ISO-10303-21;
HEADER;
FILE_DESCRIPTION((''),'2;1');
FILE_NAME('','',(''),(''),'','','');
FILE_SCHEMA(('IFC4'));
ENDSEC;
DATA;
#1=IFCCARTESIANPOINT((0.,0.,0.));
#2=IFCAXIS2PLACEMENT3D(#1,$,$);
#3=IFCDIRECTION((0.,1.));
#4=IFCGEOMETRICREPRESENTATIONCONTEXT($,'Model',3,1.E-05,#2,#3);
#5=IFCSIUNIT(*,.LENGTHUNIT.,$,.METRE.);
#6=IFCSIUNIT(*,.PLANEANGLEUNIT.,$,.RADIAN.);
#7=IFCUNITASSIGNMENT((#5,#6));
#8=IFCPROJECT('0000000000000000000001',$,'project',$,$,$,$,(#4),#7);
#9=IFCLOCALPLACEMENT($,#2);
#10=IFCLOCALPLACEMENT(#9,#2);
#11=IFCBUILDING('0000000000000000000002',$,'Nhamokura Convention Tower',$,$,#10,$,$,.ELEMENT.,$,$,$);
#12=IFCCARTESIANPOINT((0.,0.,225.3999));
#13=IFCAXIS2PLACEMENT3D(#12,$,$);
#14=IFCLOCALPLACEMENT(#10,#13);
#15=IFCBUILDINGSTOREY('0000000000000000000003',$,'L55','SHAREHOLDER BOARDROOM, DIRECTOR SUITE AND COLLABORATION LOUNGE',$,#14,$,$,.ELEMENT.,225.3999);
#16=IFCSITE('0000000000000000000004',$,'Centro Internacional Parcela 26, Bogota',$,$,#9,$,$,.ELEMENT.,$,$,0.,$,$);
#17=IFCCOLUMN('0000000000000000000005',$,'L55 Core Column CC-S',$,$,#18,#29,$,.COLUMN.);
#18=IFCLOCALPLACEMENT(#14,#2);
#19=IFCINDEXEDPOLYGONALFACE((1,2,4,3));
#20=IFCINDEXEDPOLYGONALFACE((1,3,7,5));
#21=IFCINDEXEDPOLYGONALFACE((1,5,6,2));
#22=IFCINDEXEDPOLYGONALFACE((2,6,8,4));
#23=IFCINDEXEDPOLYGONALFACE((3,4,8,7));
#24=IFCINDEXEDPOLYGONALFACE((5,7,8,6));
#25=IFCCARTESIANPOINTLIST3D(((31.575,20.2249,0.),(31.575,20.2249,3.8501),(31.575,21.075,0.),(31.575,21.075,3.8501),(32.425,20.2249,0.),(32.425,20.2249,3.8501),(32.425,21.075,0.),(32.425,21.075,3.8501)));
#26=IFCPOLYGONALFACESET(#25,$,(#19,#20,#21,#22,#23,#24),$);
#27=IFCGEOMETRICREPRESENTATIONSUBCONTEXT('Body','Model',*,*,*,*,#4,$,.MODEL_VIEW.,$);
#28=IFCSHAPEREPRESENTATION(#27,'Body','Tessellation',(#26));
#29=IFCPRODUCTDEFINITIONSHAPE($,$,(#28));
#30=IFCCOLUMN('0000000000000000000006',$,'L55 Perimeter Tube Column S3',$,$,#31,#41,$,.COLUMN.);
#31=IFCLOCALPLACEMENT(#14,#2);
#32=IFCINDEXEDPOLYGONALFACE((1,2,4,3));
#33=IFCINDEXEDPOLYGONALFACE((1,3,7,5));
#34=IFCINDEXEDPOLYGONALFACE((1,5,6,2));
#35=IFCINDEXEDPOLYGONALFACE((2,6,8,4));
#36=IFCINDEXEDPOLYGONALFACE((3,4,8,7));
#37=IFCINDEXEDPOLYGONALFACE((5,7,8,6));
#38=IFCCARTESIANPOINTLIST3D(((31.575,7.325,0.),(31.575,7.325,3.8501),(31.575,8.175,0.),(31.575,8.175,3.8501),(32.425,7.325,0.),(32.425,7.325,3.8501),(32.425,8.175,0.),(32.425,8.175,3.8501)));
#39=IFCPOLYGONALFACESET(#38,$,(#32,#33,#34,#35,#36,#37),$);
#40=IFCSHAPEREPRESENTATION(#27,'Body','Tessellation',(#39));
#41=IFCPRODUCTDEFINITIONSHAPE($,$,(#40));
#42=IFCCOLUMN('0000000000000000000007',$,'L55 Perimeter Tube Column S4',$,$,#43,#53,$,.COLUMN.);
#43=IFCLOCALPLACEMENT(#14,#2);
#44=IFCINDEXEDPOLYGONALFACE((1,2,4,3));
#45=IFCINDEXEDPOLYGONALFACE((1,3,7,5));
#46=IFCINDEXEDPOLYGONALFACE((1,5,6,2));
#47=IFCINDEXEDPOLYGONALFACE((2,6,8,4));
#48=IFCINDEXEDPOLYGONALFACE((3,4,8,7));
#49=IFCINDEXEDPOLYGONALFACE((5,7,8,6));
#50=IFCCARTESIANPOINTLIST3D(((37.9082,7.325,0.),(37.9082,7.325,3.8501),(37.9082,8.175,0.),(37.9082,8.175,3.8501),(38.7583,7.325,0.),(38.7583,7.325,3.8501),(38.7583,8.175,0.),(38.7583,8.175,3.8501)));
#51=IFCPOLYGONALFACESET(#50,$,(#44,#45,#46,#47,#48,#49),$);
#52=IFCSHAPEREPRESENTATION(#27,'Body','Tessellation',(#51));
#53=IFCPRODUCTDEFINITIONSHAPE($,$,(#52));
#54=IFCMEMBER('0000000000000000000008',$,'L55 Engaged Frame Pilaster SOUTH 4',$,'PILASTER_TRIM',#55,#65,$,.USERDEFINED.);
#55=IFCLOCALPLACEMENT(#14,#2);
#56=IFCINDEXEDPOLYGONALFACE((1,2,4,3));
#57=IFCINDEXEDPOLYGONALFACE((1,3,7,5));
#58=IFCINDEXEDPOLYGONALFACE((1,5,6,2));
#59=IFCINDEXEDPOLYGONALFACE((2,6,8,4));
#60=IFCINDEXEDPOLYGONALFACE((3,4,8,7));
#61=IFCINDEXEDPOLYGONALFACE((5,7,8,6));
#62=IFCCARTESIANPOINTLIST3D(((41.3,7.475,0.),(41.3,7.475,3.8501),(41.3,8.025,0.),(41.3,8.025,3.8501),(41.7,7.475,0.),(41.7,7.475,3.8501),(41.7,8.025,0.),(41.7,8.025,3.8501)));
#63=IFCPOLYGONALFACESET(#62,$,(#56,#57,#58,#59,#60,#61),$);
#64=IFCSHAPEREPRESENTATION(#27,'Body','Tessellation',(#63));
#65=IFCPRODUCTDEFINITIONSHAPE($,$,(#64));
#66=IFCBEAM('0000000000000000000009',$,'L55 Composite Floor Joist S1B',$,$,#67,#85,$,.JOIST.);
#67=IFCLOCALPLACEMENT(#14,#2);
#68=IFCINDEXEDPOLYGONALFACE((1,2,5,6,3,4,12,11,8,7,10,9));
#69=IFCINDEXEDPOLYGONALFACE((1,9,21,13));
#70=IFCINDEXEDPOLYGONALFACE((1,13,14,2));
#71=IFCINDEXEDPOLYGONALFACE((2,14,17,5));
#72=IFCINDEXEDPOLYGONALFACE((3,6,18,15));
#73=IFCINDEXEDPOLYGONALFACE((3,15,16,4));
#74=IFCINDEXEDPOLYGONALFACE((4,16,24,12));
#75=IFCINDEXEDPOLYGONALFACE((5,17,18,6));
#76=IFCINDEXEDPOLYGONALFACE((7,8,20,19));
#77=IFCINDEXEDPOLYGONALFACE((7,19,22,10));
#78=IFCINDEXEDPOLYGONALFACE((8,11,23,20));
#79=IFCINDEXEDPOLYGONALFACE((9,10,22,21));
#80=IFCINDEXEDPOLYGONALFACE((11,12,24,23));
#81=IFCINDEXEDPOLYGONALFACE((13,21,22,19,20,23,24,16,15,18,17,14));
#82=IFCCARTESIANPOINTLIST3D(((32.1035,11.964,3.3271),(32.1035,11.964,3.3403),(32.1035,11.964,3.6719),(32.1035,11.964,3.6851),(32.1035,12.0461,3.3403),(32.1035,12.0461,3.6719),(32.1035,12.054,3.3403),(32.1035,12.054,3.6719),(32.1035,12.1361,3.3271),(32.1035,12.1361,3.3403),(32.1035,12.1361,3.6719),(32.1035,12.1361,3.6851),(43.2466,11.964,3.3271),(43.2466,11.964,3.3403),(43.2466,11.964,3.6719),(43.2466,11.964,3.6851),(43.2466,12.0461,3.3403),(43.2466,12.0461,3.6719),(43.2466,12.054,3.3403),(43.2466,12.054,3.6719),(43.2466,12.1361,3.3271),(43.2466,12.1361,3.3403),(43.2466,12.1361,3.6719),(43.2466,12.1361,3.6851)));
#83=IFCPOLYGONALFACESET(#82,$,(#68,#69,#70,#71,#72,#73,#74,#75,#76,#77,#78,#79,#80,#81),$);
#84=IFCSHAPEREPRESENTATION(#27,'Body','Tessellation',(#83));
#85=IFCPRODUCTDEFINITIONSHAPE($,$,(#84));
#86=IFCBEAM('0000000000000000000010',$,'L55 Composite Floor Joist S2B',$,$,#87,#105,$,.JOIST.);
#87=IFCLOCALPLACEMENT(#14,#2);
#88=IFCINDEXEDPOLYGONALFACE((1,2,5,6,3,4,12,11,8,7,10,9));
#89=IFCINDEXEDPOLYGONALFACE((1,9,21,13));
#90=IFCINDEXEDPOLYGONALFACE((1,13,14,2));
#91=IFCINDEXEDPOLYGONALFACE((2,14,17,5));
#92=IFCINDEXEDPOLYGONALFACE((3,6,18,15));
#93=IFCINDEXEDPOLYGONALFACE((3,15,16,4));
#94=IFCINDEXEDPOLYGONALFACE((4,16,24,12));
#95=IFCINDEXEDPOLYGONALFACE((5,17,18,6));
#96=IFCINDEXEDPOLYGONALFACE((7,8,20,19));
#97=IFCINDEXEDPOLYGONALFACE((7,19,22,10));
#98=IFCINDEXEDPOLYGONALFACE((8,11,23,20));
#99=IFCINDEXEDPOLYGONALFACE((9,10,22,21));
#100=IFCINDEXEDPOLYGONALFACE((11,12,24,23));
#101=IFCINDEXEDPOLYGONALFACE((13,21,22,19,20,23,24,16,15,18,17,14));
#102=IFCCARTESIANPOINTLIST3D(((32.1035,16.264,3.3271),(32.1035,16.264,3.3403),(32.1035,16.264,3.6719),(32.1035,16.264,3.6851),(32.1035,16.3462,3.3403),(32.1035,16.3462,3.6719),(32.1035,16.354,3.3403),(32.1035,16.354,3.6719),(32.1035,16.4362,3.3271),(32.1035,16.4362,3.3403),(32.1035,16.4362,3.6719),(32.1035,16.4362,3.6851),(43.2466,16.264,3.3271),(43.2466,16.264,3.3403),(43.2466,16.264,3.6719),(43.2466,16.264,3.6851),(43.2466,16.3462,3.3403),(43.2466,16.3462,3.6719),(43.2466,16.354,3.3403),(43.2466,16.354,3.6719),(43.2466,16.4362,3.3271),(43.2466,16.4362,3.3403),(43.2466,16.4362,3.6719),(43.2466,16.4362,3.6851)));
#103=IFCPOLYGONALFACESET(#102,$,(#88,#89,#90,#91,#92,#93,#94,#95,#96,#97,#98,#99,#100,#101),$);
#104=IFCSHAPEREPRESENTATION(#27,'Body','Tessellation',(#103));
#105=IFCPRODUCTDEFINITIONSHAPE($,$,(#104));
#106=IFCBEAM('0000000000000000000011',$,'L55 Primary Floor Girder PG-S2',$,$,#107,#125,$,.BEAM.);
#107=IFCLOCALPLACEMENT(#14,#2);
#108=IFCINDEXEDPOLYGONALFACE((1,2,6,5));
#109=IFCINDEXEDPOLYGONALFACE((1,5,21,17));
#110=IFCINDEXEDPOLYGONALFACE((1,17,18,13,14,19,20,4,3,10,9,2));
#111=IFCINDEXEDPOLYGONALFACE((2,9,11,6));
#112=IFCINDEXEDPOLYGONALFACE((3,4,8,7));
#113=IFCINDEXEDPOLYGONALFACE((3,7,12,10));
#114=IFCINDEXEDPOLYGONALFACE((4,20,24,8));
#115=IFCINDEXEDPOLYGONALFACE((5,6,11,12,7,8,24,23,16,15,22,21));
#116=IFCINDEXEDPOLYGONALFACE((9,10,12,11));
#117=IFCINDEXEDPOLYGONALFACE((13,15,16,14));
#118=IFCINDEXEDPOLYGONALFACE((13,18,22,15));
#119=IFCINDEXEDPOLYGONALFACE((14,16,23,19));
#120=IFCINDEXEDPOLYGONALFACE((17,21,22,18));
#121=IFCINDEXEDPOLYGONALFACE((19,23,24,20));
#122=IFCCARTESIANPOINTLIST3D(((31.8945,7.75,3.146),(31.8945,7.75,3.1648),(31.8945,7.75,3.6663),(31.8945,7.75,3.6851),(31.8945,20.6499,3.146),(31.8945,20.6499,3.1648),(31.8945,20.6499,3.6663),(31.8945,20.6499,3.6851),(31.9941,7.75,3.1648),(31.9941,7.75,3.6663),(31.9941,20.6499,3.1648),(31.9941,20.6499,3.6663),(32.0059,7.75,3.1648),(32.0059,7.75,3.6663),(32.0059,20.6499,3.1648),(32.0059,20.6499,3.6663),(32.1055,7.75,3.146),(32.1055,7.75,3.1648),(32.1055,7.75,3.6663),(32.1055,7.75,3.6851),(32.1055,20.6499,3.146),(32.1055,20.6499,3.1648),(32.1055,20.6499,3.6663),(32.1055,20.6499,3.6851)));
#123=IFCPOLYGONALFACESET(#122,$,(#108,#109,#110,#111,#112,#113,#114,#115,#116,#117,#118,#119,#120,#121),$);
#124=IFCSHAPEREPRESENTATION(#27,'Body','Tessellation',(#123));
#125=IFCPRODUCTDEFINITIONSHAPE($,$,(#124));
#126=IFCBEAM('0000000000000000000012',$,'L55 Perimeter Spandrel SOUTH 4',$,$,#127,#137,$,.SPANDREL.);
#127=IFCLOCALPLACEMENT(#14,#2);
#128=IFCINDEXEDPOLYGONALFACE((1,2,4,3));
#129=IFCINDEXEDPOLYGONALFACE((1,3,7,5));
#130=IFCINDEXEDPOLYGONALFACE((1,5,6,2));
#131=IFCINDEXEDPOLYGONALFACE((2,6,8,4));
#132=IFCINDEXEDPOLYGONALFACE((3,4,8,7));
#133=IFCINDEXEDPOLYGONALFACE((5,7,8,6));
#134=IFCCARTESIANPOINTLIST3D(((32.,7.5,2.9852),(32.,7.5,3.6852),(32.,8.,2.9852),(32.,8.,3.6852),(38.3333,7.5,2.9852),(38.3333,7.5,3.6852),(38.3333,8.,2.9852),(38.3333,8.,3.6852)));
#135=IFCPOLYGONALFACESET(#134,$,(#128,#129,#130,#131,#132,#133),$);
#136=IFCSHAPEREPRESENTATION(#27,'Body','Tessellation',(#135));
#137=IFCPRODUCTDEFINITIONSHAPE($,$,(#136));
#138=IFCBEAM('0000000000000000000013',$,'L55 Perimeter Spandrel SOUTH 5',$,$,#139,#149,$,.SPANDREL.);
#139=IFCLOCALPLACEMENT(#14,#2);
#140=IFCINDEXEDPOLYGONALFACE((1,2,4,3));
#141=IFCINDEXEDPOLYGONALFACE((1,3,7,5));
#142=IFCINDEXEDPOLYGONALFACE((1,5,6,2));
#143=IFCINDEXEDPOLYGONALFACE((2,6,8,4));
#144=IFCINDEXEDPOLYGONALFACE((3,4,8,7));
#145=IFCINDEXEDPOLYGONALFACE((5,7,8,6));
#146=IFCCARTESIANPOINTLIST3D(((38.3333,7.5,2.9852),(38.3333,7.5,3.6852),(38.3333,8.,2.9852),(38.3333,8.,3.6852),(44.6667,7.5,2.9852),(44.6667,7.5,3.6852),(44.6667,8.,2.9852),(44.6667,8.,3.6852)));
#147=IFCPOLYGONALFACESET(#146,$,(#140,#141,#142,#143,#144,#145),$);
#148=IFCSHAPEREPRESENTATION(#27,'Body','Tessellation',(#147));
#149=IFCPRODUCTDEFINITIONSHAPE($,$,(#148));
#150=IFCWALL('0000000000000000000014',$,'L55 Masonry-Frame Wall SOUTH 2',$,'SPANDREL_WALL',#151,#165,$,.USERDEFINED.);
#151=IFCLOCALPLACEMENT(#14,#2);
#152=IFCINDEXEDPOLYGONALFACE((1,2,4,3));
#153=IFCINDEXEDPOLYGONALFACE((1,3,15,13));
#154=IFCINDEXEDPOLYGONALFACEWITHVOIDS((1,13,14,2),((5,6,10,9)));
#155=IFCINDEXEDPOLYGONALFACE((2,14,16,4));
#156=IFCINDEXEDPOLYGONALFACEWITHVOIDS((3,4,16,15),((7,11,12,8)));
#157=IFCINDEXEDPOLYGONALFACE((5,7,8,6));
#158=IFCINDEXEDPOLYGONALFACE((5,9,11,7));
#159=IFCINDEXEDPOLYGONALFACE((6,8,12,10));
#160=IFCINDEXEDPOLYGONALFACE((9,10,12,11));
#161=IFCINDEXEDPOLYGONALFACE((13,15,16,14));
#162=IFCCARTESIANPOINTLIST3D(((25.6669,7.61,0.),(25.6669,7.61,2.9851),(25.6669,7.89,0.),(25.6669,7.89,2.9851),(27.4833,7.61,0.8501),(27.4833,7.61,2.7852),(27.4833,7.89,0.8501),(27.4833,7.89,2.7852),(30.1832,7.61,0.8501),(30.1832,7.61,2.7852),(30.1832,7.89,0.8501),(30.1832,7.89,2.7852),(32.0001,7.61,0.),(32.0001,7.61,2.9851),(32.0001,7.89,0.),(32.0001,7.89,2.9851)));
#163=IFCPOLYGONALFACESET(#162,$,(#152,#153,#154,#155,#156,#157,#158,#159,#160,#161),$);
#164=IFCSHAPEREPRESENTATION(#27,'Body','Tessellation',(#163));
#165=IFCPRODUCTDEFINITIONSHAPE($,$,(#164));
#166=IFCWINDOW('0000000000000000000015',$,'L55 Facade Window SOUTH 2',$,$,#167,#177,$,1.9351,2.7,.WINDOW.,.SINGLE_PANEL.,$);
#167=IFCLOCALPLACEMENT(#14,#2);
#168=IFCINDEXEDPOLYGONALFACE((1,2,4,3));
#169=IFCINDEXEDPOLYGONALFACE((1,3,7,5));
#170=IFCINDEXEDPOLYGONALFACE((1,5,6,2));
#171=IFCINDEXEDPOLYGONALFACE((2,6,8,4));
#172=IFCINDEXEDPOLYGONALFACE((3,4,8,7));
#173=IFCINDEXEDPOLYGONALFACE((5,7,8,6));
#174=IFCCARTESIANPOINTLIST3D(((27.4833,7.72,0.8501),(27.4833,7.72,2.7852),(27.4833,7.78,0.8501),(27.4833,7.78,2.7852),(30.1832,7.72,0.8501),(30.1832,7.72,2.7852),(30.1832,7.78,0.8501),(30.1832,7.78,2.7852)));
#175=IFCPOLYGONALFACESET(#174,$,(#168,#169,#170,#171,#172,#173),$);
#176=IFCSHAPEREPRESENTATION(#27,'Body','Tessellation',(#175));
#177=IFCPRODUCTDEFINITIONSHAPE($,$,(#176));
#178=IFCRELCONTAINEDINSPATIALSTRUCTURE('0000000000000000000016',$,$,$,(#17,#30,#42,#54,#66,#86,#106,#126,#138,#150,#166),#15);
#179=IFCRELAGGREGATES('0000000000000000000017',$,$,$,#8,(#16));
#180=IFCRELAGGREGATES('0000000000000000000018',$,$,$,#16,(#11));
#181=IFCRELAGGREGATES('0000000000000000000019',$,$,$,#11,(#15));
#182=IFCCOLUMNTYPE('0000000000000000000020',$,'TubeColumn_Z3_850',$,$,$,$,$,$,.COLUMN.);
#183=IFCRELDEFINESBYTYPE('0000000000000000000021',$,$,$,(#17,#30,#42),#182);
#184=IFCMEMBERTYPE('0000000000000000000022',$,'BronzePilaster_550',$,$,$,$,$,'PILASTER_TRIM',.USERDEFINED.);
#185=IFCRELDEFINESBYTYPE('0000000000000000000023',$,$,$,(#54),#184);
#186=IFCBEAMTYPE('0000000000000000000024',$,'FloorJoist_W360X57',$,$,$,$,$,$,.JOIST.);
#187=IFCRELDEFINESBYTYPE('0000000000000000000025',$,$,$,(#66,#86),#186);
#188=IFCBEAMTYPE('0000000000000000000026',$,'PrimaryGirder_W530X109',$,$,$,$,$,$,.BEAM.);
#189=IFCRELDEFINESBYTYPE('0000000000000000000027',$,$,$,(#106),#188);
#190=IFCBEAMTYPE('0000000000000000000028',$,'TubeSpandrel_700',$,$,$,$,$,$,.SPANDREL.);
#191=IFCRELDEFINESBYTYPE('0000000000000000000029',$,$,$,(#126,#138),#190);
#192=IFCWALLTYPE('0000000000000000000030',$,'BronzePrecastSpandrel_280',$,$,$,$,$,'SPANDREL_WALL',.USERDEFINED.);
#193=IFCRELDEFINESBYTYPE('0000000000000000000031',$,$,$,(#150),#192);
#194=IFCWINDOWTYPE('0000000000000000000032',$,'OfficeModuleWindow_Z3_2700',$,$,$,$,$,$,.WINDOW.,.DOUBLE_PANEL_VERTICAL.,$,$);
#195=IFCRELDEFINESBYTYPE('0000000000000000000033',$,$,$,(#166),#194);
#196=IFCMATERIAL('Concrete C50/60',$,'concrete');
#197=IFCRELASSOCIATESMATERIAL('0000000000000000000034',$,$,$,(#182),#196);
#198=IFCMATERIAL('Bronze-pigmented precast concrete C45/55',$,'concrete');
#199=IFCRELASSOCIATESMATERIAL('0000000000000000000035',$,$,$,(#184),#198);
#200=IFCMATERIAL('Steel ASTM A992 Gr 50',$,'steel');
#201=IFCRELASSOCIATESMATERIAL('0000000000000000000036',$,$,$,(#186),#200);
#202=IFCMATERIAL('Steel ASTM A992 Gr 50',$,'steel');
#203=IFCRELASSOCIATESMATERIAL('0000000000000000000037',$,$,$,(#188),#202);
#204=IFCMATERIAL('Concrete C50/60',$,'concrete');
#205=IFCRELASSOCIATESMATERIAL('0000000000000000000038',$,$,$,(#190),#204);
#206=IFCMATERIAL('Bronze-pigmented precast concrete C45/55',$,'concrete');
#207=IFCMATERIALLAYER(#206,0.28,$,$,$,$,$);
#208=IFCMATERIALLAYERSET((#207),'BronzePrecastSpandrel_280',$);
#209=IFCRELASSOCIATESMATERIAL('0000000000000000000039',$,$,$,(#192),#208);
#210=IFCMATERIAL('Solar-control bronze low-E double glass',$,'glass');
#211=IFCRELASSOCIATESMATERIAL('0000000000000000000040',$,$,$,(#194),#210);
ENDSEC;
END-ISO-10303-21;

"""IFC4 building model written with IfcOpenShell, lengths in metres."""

from ifc_helpers import new_model, si_unit, direction, frame, frame_2d, origin, origin_2d, place, context, subcontext, project, spatial, rectangle, i_section, extrude, material, layer, layer_set, material_profile, profile_set, type_object, element, fill, save


model = new_model("IFC4")

# Units and contexts
model_context = context("Model", 3, precision=1e-05, world=origin(), true_north=direction((0.0, 1.0)))
body_context = subcontext(model_context, "Body", "Model", "MODEL_VIEW")
ifc_project = project(units=[si_unit("LENGTHUNIT", "METRE"), si_unit("PLANEANGLEUNIT", "RADIAN")], contexts=[model_context])

# Site, building, storey
site_placement = place(None, origin())
site = spatial("IfcSite", under=ifc_project, at=site_placement, Name="Centro Internacional Parcela 26, Bogota", CompositionType="ELEMENT", RefElevation=0.0)
building_placement = place(site_placement, origin())
building = spatial("IfcBuilding", under=site, at=building_placement, Name="Nhamokura Convention Tower", CompositionType="ELEMENT")
storey_placement = place(building_placement, frame((0.0, 0.0, 225.3999)))
storey = spatial("IfcBuildingStorey", under=building, at=storey_placement, Name="L55", Description="SHAREHOLDER BOARDROOM, DIRECTOR SUITE AND COLLABORATION LOUNGE", CompositionType="ELEMENT", Elevation=225.3999)

# Columns
ifc_material_1 = material(Name="Concrete C50/60", Category="concrete")
ifc_material_profile_1 = material_profile(ifc_material_1, rectangle(XDim=0.8501, YDim=0.8501, at=origin_2d()))
ifc_profile_set_1 = profile_set([ifc_material_profile_1], Name="Concrete C50/60")
column_type = type_object("IfcColumnType", Name="TubeColumn_Z3_850", PredefinedType="COLUMN", material=ifc_profile_set_1)
for number, where, z_axis, x_axis, name in (
    (1, (32.0, 20.6499, 0.0), (0.0, 0.0, 1.0), (1.0, 0.0, 0.0), "L55 Core Column CC-S"),
    (2, (32.0, 7.75, 0.0), (0.0, 0.0, 1.0), (1.0, 0.0, 0.0), "L55 Perimeter Tube Column S3"),
    (3, (38.3333, 7.75, 0.0), (0.0, 0.0, 1.0), (1.0, 0.0, 0.0), "L55 Perimeter Tube Column S4"),
):
    element("IfcColumn", number, at=place(storey_placement, frame(where, z_axis=z_axis, x_axis=x_axis)), inside=storey, type_object=column_type, Name=name, PredefinedType="COLUMN", context=body_context, shape_type="SweptSolid", body=[
        extrude(rectangle(XDim=0.8501, YDim=0.8501, at=origin_2d()), origin(), (0.0, 0.0, 1.0), 3.8501),
    ])

# Member
ifc_material_2 = material(Name="Bronze-pigmented precast concrete C45/55", Category="concrete")
ifc_material_profile_2 = material_profile(ifc_material_2, rectangle(XDim=0.3999, YDim=0.55, at=origin_2d()))
ifc_profile_set_2 = profile_set([ifc_material_profile_2], Name="Bronze-pigmented precast concrete C45/55")
member_type = type_object("IfcMemberType", Name="BronzePilaster_550", ElementType="PILASTER_TRIM", PredefinedType="USERDEFINED", material=ifc_profile_set_2)
member_placement = place(storey_placement, frame((41.5, 7.75, 0.0), z_axis=(0.0, 0.0, 1.0), x_axis=(1.0, 0.0, 0.0)))
element("IfcMember", 4, at=member_placement, inside=storey, type_object=member_type, Name="L55 Engaged Frame Pilaster SOUTH 4", ObjectType="PILASTER_TRIM", PredefinedType="USERDEFINED", context=body_context, shape_type="SweptSolid", body=[
    extrude(rectangle(XDim=0.3999, YDim=0.55, at=origin_2d()), origin(), (0.0, 0.0, 1.0), 3.8501),
])

# Beams
ifc_material_3 = material(Name="Steel ASTM A992 Gr 50", Category="steel")
ifc_material_profile_3 = material_profile(ifc_material_3, i_section(OverallWidth=0.1721, OverallDepth=0.3579, WebThickness=0.0078, FlangeThickness=0.0132, at=origin_2d()))
ifc_profile_set_3 = profile_set([ifc_material_profile_3], Name="Steel ASTM A992 Gr 50")
beam_type_1 = type_object("IfcBeamType", Name="FloorJoist_W360X57", PredefinedType="JOIST", material=ifc_profile_set_3)
for number, where, z_axis, x_axis, name in (
    (5, (32.1035, 12.05, 3.5061), (1.0, 0.0, 0.0), (0.0, 1.0, 0.0), "L55 Composite Floor Joist S1B"),
    (6, (32.1035, 16.3501, 3.5061), (1.0, 0.0, 0.0), (0.0, 1.0, 0.0), "L55 Composite Floor Joist S2B"),
):
    element("IfcBeam", number, at=place(storey_placement, frame(where, z_axis=z_axis, x_axis=x_axis)), inside=storey, type_object=beam_type_1, Name=name, PredefinedType="JOIST", context=body_context, shape_type="SweptSolid", body=[
        extrude(i_section(OverallWidth=0.1721, OverallDepth=0.3579, WebThickness=0.0078, FlangeThickness=0.0132, at=origin_2d()), origin(), (0.0, 0.0, 1.0), 11.1431),
    ])
ifc_material_4 = material(Name="Steel ASTM A992 Gr 50", Category="steel")
ifc_material_profile_4 = material_profile(ifc_material_4, i_section(OverallWidth=0.2109, OverallDepth=0.5391, WebThickness=0.0117, FlangeThickness=0.0188, at=origin_2d()))
ifc_profile_set_4 = profile_set([ifc_material_profile_4], Name="Steel ASTM A992 Gr 50")
beam_type_2 = type_object("IfcBeamType", Name="PrimaryGirder_W530X109", PredefinedType="BEAM", material=ifc_profile_set_4)
beam_1_placement = place(storey_placement, frame((32.0, 7.75, 3.4155), z_axis=(0.0, 1.0, 0.0), x_axis=(-1.0, 0.0, 0.0)))
element("IfcBeam", 7, at=beam_1_placement, inside=storey, type_object=beam_type_2, Name="L55 Primary Floor Girder PG-S2", PredefinedType="BEAM", context=body_context, shape_type="SweptSolid", body=[
    extrude(i_section(OverallWidth=0.2109, OverallDepth=0.5391, WebThickness=0.0117, FlangeThickness=0.0188, at=origin_2d()), origin(), (0.0, 0.0, 1.0), 12.8999),
])
ifc_material_5 = material(Name="Concrete C50/60", Category="concrete")
ifc_material_profile_5 = material_profile(ifc_material_5, rectangle(XDim=0.5, YDim=0.7, at=origin_2d()))
ifc_profile_set_5 = profile_set([ifc_material_profile_5], Name="Concrete C50/60")
beam_type_3 = type_object("IfcBeamType", Name="TubeSpandrel_700", PredefinedType="SPANDREL", material=ifc_profile_set_5)
beam_2_placement = place(storey_placement, frame((32.0, 7.75, 3.3352), z_axis=(1.0, 0.0, 0.0), x_axis=(0.0, 1.0, 0.0)))
element("IfcBeam", 8, at=beam_2_placement, inside=storey, type_object=beam_type_3, Name="L55 Perimeter Spandrel SOUTH 4", PredefinedType="SPANDREL", context=body_context, shape_type="SweptSolid", body=[
    extrude(rectangle(XDim=0.5, YDim=0.7, at=origin_2d()), origin(), (0.0, 0.0, 1.0), 6.3333),
])
beam_3_placement = place(storey_placement, frame((38.3333, 7.75, 3.3352), z_axis=(1.0, 0.0, 0.0), x_axis=(0.0, 1.0, 0.0)))
element("IfcBeam", 9, at=beam_3_placement, inside=storey, type_object=beam_type_3, Name="L55 Perimeter Spandrel SOUTH 5", PredefinedType="SPANDREL", context=body_context, shape_type="SweptSolid", body=[
    extrude(rectangle(XDim=0.5, YDim=0.7, at=origin_2d()), origin(), (0.0, 0.0, 1.0), 6.3335),
])

# Wall, opening, window
ifc_material_6 = material(Name="Bronze-pigmented precast concrete C45/55", Category="concrete")
ifc_layer_1 = layer(ifc_material_6, 0.28)
ifc_layer_set_1 = layer_set([ifc_layer_1], Name="BronzePrecastSpandrel_280")
wall_type_1 = type_object("IfcWallType", Name="BronzePrecastSpandrel_280", ElementType="SPANDREL_WALL", PredefinedType="USERDEFINED", material=ifc_layer_set_1)
wall_1_placement = place(storey_placement, frame((32.0, 7.75, 0.0), z_axis=(0.0, 0.0, 1.0), x_axis=(-1.0, 0.0, 0.0)))
wall_1 = element("IfcWall", 10, at=wall_1_placement, inside=storey, type_object=wall_type_1, Name="L55 Masonry-Frame Wall SOUTH 2", ObjectType="SPANDREL_WALL", PredefinedType="USERDEFINED", context=body_context, shape_type="SweptSolid", body=[
    extrude(rectangle(XDim=6.3333, YDim=0.28, at=frame_2d((3.1665, 0.0))), origin(), (0.0, 0.0, 1.0), 2.9851),
])
opening_1_placement = place(wall_1_placement, frame((1.8167, 0.0, 0.8501)))
opening_1 = element("IfcOpeningElement", 11, at=opening_1_placement, cuts=wall_1, PredefinedType="OPENING", context=body_context, shape_type="SweptSolid", body=[
    extrude(rectangle(XDim=2.7, YDim=1.9351, at=frame_2d((1.3501, 0.9675))), frame((0.0, 0.1499, 0.0), z_axis=(0.0, -1.0, 0.0), x_axis=(1.0, 0.0, 0.0)), (0.0, 0.0, 1.0), 0.3),
])
ifc_material_7 = material(Name="Solar-control bronze low-E double glass", Category="glass")
window_type = type_object("IfcWindowType", Name="OfficeModuleWindow_Z3_2700", PartitioningType="DOUBLE_PANEL_VERTICAL", PredefinedType="WINDOW", material=ifc_material_7)
window_1_placement = place(opening_1_placement, origin())
window_1 = element("IfcWindow", 12, at=window_1_placement, inside=storey, type_object=window_type, Name="L55 Facade Window SOUTH 2", OverallHeight=1.9351, OverallWidth=2.7, PartitioningType="SINGLE_PANEL", PredefinedType="WINDOW", context=body_context, shape_type="SweptSolid", body=[
    extrude(rectangle(XDim=2.7, YDim=1.9351, at=frame_2d((1.3501, 0.9675))), frame((0.0, 0.03, 0.0), z_axis=(0.0, -1.0, 0.0), x_axis=(1.0, 0.0, 0.0)), (0.0, 0.0, 1.0), 0.0601),
])
fill(opening_1, window_1)

save(model, "model.ifc")
